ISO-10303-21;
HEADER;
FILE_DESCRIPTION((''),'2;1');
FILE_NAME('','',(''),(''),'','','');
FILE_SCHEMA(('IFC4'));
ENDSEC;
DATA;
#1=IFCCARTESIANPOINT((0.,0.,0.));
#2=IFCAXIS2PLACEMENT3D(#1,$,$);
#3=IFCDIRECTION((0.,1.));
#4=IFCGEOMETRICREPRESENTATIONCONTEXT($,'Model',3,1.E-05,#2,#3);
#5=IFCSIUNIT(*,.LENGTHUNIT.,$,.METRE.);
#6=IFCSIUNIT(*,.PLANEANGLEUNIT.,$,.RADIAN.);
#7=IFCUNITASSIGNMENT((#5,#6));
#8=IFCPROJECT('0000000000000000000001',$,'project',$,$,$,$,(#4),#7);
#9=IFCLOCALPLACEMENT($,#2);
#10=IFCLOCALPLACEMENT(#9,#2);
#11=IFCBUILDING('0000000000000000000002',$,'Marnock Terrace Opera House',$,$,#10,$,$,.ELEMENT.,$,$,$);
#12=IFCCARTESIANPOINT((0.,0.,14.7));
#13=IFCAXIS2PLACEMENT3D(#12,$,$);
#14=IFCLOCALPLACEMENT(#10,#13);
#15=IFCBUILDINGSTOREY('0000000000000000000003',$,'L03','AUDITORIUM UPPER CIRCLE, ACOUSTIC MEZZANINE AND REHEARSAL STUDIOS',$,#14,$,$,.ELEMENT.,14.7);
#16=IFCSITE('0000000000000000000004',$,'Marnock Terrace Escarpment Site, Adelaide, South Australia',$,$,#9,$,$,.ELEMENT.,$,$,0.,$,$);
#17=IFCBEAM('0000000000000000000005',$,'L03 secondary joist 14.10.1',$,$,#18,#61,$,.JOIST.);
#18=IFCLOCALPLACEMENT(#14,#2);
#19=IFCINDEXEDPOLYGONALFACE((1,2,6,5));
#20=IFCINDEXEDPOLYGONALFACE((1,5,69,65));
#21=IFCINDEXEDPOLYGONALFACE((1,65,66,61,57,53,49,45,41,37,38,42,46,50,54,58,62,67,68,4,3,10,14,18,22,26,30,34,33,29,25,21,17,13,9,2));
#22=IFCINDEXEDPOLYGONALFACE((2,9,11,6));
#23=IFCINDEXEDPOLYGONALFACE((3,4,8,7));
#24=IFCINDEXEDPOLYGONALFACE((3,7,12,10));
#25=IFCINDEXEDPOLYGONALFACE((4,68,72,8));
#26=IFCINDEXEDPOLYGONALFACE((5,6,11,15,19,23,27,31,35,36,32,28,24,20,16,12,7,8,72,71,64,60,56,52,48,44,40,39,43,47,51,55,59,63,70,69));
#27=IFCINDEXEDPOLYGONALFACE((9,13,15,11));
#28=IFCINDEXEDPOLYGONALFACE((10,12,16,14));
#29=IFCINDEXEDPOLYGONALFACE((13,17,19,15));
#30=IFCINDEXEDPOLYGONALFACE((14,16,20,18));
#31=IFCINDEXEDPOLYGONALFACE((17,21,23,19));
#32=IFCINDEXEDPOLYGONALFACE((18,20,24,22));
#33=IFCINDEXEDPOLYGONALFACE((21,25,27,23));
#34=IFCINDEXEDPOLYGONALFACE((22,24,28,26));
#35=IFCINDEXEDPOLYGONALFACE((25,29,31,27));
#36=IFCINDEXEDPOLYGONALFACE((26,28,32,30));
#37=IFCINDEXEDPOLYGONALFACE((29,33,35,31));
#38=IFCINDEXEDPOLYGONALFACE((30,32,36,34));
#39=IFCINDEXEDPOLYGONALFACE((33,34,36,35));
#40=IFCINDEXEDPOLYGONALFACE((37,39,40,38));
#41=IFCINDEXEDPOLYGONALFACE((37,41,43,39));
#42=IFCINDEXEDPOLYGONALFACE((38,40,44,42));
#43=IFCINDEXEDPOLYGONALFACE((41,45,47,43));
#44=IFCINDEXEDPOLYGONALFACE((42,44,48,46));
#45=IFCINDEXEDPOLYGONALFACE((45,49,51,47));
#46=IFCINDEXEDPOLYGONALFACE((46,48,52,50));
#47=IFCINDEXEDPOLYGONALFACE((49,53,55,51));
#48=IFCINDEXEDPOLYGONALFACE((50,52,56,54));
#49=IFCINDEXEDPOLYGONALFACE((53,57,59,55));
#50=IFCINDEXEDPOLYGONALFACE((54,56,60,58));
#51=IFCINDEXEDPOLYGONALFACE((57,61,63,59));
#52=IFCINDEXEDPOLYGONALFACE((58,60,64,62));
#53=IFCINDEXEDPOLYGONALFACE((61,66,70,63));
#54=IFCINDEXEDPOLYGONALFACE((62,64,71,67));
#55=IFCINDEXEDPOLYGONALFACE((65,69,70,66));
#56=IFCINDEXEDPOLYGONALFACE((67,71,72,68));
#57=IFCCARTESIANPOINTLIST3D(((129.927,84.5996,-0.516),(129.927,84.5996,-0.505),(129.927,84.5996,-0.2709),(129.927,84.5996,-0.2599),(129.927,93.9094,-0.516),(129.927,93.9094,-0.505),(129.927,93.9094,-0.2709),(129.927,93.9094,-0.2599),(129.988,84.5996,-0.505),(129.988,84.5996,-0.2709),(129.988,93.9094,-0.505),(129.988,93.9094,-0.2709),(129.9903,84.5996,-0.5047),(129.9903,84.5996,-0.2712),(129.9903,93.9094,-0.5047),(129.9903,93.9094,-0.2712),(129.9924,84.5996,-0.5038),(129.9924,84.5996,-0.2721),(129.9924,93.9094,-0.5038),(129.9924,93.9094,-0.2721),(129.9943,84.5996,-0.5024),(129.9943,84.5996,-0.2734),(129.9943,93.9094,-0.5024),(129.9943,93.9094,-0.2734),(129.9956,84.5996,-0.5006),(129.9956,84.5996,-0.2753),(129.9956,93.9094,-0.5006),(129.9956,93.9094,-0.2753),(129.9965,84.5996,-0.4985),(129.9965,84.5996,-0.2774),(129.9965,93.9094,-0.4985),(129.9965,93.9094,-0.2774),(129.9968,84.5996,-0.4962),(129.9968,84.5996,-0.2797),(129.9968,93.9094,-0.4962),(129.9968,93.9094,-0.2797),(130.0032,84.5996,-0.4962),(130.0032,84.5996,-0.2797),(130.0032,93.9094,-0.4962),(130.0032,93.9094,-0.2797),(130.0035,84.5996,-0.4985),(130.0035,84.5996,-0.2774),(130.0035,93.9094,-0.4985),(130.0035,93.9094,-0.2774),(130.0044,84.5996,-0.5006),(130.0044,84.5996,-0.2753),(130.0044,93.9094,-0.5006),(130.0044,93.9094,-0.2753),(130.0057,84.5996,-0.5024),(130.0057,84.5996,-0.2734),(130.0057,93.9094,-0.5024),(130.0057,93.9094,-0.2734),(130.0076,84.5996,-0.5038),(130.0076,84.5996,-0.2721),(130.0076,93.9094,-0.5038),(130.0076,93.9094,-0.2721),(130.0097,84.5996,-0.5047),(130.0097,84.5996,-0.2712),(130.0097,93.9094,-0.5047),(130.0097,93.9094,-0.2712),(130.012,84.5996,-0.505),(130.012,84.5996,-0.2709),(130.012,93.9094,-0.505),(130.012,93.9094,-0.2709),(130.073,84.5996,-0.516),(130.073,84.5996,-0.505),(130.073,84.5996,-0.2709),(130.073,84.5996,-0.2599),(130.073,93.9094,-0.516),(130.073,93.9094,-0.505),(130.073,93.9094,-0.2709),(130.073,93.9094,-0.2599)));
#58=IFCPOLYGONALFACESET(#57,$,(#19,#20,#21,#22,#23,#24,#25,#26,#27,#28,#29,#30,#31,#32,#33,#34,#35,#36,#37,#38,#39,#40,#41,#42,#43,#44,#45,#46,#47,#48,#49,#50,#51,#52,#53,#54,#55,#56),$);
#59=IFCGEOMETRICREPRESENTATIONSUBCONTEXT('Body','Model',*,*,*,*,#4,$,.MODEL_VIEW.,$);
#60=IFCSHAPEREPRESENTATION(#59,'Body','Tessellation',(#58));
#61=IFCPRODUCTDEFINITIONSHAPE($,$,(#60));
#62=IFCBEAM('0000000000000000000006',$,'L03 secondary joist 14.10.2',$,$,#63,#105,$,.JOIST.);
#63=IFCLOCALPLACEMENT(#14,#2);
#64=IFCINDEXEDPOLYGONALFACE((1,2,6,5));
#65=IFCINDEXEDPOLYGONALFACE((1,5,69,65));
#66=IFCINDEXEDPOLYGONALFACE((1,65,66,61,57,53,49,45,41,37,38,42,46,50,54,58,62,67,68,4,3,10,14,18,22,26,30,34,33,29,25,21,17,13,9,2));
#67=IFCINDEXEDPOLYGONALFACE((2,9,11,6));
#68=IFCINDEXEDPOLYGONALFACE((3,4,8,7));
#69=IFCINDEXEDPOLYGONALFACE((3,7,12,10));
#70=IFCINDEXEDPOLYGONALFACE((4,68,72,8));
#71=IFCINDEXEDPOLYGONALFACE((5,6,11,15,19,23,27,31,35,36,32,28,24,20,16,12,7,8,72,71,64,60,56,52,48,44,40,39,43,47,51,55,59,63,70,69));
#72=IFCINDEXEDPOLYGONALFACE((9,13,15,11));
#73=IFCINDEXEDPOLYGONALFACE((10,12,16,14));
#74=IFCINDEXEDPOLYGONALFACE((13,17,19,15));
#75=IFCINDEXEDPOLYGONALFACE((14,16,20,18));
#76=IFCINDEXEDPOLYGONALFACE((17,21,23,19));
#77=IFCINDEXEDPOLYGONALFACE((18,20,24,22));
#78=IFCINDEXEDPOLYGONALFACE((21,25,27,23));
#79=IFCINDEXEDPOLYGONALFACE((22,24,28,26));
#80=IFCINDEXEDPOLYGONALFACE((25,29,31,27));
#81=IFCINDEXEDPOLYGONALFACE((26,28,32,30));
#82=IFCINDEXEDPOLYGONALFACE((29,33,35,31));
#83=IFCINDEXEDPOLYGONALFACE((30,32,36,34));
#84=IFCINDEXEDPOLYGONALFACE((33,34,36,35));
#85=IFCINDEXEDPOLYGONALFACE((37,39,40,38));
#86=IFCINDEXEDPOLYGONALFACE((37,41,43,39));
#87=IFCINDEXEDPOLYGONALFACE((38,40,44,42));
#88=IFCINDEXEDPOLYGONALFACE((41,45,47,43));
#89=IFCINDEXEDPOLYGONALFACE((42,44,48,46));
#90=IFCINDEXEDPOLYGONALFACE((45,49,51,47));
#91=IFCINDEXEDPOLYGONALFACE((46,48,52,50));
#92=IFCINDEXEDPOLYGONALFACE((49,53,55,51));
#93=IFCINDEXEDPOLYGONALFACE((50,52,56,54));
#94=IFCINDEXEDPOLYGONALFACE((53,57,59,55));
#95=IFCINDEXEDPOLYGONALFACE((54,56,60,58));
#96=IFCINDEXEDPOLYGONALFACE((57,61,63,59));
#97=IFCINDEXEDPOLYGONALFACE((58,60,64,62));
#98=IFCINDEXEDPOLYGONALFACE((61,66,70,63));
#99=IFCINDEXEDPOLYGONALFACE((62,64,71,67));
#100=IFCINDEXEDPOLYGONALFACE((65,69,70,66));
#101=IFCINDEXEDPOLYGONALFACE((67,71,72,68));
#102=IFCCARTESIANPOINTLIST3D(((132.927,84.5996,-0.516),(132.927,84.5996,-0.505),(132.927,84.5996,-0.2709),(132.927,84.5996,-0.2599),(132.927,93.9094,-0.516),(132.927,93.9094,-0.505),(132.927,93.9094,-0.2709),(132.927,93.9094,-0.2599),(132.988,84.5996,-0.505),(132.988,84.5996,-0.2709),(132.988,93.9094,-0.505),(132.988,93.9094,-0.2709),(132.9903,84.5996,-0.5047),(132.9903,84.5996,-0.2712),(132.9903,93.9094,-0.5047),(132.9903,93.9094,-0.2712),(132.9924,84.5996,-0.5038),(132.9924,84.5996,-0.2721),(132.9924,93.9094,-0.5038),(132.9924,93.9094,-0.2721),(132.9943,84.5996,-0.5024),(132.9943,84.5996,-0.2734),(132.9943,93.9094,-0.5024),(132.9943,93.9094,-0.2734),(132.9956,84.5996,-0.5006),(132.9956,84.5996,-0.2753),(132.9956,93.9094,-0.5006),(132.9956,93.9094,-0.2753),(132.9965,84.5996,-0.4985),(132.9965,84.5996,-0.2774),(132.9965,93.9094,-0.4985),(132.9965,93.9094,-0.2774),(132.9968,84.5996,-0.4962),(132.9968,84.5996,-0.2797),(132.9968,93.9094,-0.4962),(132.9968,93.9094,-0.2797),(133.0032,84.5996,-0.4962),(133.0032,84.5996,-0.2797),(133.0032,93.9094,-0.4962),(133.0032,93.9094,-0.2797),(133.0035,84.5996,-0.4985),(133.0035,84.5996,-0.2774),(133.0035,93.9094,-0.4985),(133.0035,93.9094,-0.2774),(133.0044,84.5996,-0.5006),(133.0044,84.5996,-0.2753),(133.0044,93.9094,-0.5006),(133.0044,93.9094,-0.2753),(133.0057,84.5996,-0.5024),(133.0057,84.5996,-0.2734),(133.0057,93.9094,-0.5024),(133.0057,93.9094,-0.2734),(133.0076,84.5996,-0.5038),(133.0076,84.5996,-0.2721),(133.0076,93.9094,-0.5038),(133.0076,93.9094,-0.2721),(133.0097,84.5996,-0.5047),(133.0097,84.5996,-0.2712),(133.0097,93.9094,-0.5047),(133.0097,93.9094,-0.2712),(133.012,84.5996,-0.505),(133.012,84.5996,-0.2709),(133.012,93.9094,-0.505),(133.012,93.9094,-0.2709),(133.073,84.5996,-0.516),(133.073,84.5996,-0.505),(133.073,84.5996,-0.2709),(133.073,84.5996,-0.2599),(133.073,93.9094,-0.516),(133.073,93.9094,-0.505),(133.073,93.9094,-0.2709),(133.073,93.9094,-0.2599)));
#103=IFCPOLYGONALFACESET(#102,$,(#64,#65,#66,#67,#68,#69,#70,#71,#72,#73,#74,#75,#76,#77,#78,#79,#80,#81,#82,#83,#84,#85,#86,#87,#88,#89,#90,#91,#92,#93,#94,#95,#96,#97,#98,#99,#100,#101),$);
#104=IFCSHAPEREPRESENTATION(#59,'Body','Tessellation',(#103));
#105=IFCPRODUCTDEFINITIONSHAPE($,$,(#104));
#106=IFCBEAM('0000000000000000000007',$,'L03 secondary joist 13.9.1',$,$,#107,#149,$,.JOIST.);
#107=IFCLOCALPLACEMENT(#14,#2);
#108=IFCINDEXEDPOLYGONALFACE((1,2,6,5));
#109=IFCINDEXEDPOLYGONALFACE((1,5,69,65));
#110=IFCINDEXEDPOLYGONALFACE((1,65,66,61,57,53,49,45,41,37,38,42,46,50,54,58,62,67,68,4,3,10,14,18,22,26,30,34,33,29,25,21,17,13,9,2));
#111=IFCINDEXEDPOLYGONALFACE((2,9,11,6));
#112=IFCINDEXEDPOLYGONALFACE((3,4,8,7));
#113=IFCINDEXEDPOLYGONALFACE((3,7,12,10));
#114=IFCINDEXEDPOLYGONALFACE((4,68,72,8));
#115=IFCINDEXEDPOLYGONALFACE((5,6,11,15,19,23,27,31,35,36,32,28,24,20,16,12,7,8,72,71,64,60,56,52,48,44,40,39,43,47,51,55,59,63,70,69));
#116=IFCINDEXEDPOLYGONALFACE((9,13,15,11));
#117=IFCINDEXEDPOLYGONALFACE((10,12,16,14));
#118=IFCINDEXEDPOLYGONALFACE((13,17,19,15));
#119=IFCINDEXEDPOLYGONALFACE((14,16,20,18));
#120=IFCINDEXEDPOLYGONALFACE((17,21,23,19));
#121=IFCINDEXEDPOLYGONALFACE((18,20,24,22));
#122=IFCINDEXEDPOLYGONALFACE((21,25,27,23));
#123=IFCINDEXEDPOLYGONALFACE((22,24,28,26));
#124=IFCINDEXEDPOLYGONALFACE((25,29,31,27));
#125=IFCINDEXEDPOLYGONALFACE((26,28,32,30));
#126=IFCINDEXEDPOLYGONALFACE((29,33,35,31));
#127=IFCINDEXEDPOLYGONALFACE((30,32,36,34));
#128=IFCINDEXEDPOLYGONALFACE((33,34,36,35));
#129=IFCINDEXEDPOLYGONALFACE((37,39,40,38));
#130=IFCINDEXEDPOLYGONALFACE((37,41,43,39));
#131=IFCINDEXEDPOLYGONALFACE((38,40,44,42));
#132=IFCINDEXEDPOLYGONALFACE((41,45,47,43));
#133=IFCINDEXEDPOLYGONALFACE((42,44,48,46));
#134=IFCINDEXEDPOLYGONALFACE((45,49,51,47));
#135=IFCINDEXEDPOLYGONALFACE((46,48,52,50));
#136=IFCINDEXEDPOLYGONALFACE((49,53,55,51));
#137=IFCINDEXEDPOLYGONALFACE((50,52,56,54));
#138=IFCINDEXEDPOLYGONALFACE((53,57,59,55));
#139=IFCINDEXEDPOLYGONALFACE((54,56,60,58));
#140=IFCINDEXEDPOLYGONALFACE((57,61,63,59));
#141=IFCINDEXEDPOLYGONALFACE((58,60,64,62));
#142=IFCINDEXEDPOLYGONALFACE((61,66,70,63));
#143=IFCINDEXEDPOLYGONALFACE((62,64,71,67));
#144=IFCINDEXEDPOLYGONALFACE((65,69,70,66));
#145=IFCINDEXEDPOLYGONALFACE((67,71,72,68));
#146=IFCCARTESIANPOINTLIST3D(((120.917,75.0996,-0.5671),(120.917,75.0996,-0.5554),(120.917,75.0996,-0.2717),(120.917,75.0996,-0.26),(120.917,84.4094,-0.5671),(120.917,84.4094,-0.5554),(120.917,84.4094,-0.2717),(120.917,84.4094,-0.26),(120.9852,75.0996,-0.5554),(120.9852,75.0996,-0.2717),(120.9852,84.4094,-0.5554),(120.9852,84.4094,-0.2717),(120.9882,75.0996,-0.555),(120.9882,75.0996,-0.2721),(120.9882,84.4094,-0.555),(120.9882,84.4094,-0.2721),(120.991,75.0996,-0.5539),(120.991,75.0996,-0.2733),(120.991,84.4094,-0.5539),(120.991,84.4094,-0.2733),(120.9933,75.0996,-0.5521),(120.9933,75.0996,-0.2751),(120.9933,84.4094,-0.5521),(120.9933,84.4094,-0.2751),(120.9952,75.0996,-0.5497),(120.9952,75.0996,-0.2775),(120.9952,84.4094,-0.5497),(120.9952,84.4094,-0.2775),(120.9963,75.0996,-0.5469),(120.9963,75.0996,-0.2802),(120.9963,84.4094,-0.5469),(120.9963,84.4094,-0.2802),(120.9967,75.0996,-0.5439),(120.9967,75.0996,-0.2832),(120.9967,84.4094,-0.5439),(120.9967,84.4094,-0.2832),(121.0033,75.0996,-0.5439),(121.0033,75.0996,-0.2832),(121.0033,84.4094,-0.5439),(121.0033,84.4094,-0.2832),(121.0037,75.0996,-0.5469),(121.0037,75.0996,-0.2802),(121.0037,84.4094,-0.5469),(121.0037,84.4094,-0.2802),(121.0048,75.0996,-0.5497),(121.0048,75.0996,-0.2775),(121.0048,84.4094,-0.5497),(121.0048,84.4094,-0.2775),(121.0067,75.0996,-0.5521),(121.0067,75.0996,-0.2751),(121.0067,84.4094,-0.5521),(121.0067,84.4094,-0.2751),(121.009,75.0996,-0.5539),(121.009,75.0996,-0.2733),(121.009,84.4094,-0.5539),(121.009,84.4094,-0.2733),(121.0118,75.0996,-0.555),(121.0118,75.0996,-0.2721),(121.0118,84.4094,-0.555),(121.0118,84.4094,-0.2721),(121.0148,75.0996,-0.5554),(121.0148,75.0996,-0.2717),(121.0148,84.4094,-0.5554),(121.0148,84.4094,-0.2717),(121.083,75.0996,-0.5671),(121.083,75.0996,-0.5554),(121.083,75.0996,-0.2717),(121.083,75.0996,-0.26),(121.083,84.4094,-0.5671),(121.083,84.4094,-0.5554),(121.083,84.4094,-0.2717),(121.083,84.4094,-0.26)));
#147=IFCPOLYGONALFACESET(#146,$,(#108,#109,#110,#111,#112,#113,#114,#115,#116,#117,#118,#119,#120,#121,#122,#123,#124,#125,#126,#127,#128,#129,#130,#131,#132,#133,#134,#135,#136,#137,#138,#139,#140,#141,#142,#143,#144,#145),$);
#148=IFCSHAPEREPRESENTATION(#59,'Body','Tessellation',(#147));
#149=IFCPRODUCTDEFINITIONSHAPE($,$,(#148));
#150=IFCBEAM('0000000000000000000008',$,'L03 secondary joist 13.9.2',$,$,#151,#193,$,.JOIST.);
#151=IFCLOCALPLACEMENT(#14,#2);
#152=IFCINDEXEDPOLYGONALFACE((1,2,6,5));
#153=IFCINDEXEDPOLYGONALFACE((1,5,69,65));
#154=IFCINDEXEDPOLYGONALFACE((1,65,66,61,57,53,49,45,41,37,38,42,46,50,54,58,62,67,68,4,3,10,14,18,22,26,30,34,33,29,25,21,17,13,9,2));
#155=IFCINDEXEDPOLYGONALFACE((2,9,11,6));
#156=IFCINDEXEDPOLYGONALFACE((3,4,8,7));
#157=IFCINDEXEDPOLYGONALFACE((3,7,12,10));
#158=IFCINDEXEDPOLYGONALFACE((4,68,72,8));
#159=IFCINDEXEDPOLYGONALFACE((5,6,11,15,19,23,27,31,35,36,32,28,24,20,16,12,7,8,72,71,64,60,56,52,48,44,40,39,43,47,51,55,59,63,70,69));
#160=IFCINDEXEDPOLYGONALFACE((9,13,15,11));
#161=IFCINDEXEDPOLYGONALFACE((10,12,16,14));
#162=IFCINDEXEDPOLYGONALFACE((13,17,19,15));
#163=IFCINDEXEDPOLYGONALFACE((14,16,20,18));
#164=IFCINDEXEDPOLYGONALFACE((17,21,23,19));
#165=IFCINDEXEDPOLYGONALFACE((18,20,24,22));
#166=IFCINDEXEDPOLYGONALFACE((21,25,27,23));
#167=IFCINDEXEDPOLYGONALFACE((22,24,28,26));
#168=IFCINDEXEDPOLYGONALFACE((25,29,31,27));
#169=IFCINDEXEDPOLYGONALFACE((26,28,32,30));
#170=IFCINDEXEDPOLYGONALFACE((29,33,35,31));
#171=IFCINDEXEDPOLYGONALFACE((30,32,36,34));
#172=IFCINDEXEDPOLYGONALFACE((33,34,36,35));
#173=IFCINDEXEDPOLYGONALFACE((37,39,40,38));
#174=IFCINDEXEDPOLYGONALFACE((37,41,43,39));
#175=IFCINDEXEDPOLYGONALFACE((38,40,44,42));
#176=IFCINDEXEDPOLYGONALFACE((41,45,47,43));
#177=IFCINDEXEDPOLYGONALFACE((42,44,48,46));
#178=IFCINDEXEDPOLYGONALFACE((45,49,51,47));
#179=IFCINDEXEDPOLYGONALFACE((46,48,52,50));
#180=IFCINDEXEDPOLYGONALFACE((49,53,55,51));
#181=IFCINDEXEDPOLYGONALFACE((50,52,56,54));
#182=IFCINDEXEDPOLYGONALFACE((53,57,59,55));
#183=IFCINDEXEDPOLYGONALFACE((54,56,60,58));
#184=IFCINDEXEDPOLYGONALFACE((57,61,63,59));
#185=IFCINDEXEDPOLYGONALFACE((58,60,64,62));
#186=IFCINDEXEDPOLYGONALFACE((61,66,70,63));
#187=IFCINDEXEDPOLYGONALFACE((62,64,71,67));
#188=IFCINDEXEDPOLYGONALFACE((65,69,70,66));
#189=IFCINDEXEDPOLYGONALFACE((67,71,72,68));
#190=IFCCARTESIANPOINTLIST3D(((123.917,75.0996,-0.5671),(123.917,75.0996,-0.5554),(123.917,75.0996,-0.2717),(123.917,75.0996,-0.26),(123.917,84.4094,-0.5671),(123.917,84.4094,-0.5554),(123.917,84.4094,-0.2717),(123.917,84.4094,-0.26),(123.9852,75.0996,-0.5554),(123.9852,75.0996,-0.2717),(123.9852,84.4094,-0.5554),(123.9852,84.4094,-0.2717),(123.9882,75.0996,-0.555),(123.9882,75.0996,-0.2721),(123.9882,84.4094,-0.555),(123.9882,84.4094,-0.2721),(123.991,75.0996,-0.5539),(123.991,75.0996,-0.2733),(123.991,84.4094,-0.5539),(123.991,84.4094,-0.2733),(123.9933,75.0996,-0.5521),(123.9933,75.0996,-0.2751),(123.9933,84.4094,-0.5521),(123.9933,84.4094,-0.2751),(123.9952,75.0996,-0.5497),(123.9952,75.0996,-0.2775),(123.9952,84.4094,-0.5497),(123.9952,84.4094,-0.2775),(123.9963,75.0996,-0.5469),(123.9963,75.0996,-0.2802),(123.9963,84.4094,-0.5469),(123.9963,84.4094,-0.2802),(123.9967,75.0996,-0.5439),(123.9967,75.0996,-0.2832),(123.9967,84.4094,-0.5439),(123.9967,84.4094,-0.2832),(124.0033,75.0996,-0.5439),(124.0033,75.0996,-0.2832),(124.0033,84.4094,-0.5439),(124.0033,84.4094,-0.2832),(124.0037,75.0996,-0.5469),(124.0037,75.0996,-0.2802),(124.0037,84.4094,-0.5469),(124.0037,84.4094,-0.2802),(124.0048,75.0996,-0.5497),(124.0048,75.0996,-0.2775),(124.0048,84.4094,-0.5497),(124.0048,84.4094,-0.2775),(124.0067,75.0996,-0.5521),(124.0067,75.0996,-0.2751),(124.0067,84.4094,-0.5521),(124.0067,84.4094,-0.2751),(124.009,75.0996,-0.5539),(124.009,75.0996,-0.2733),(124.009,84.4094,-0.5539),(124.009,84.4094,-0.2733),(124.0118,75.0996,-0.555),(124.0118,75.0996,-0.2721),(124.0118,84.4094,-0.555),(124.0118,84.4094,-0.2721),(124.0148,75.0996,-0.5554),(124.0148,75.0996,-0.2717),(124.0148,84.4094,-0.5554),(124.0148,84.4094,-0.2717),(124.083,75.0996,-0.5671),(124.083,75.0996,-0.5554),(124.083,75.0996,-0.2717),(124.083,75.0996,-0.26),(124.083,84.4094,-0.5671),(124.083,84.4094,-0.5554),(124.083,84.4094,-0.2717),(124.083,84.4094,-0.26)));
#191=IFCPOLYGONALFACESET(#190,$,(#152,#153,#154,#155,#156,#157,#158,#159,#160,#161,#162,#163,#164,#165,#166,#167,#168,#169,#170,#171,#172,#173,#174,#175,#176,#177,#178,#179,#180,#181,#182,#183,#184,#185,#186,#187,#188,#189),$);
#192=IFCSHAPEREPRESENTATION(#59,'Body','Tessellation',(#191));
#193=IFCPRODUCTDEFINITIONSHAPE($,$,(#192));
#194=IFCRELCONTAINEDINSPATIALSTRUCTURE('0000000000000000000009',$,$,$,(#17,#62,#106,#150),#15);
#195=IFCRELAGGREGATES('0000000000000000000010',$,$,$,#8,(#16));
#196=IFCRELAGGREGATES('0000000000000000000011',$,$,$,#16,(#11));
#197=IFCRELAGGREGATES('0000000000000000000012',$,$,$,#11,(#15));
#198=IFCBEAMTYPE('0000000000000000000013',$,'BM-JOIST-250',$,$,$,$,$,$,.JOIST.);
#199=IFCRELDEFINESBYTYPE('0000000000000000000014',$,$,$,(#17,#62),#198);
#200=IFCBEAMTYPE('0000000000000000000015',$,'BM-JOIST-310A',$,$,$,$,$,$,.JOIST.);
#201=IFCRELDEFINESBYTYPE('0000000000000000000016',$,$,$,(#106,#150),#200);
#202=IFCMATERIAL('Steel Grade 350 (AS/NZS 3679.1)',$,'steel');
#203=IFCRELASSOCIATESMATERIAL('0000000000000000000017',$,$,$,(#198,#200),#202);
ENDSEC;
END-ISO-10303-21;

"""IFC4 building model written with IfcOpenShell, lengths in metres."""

from ifc_helpers import new_model, si_unit, direction, frame, origin, origin_2d, place, context, subcontext, project, spatial, i_section, extrude, material, material_profile, profile_set, type_object, element, save


model = new_model("IFC4")

# Units and contexts
model_context = context("Model", 3, precision=1e-05, world=origin(), true_north=direction((0.0, 1.0)))
body_context = subcontext(model_context, "Body", "Model", "MODEL_VIEW")
ifc_project = project(units=[si_unit("LENGTHUNIT", "METRE"), si_unit("PLANEANGLEUNIT", "RADIAN")], contexts=[model_context])

# Site, building, storey
site_placement = place(None, origin())
site = spatial("IfcSite", under=ifc_project, at=site_placement, Name="Marnock Terrace Escarpment Site, Adelaide, South Australia", CompositionType="ELEMENT", RefElevation=0.0)
building_placement = place(site_placement, origin())
building = spatial("IfcBuilding", under=site, at=building_placement, Name="Marnock Terrace Opera House", CompositionType="ELEMENT")
storey_placement = place(building_placement, frame((0.0, 0.0, 14.7)))
storey = spatial("IfcBuildingStorey", under=building, at=storey_placement, Name="L03", Description="AUDITORIUM UPPER CIRCLE, ACOUSTIC MEZZANINE AND REHEARSAL STUDIOS", CompositionType="ELEMENT", Elevation=14.7)

# Beams
ifc_material_1 = material(Name="Steel Grade 350 (AS/NZS 3679.1)", Category="steel")
ifc_material_profile_1 = material_profile(ifc_material_1, i_section(OverallWidth=0.146, OverallDepth=0.2561, WebThickness=0.0063, FlangeThickness=0.011, FilletRadius=0.0088, at=origin_2d()))
ifc_profile_set_1 = profile_set([ifc_material_profile_1], Name="Steel Grade 350 (AS/NZS 3679.1)")
beam_type_1 = type_object("IfcBeamType", Name="BM-JOIST-250", PredefinedType="JOIST", material=ifc_profile_set_1)
for number, where, z_axis, x_axis, name in (
    (1, (130.0, 84.5996, -0.3879), (0.0, 1.0, 0.0), (-1.0, 0.0, 0.0), "L03 secondary joist 14.10.1"),
    (2, (133.0, 84.5996, -0.3879), (0.0, 1.0, 0.0), (-1.0, 0.0, 0.0), "L03 secondary joist 14.10.2"),
):
    element("IfcBeam", number, at=place(storey_placement, frame(where, z_axis=z_axis, x_axis=x_axis)), inside=storey, type_object=beam_type_1, Name=name, PredefinedType="JOIST", context=body_context, shape_type="SweptSolid", body=[
        extrude(i_section(OverallWidth=0.146, OverallDepth=0.2561, WebThickness=0.0063, FlangeThickness=0.011, FilletRadius=0.0088, at=origin_2d()), origin(), (0.0, 0.0, 1.0), 9.3098),
    ])
ifc_material_profile_2 = material_profile(ifc_material_1, i_section(OverallWidth=0.166, OverallDepth=0.3071, WebThickness=0.0066, FlangeThickness=0.0117, FilletRadius=0.0115, at=origin_2d()))
ifc_profile_set_2 = profile_set([ifc_material_profile_2], Name="Steel Grade 350 (AS/NZS 3679.1)")
beam_type_2 = type_object("IfcBeamType", Name="BM-JOIST-310A", PredefinedType="JOIST", material=ifc_profile_set_2)
for number, where, z_axis, x_axis, name in (
    (3, (121.0, 75.0996, -0.4136), (0.0, 1.0, 0.0), (-1.0, 0.0, 0.0), "L03 secondary joist 13.9.1"),
    (4, (124.0, 75.0996, -0.4136), (0.0, 1.0, 0.0), (-1.0, 0.0, 0.0), "L03 secondary joist 13.9.2"),
):
    element("IfcBeam", number, at=place(storey_placement, frame(where, z_axis=z_axis, x_axis=x_axis)), inside=storey, type_object=beam_type_2, Name=name, PredefinedType="JOIST", context=body_context, shape_type="SweptSolid", body=[
        extrude(i_section(OverallWidth=0.166, OverallDepth=0.3071, WebThickness=0.0066, FlangeThickness=0.0117, FilletRadius=0.0115, at=origin_2d()), origin(), (0.0, 0.0, 1.0), 9.3098),
    ])

save(model, "model.ifc")
